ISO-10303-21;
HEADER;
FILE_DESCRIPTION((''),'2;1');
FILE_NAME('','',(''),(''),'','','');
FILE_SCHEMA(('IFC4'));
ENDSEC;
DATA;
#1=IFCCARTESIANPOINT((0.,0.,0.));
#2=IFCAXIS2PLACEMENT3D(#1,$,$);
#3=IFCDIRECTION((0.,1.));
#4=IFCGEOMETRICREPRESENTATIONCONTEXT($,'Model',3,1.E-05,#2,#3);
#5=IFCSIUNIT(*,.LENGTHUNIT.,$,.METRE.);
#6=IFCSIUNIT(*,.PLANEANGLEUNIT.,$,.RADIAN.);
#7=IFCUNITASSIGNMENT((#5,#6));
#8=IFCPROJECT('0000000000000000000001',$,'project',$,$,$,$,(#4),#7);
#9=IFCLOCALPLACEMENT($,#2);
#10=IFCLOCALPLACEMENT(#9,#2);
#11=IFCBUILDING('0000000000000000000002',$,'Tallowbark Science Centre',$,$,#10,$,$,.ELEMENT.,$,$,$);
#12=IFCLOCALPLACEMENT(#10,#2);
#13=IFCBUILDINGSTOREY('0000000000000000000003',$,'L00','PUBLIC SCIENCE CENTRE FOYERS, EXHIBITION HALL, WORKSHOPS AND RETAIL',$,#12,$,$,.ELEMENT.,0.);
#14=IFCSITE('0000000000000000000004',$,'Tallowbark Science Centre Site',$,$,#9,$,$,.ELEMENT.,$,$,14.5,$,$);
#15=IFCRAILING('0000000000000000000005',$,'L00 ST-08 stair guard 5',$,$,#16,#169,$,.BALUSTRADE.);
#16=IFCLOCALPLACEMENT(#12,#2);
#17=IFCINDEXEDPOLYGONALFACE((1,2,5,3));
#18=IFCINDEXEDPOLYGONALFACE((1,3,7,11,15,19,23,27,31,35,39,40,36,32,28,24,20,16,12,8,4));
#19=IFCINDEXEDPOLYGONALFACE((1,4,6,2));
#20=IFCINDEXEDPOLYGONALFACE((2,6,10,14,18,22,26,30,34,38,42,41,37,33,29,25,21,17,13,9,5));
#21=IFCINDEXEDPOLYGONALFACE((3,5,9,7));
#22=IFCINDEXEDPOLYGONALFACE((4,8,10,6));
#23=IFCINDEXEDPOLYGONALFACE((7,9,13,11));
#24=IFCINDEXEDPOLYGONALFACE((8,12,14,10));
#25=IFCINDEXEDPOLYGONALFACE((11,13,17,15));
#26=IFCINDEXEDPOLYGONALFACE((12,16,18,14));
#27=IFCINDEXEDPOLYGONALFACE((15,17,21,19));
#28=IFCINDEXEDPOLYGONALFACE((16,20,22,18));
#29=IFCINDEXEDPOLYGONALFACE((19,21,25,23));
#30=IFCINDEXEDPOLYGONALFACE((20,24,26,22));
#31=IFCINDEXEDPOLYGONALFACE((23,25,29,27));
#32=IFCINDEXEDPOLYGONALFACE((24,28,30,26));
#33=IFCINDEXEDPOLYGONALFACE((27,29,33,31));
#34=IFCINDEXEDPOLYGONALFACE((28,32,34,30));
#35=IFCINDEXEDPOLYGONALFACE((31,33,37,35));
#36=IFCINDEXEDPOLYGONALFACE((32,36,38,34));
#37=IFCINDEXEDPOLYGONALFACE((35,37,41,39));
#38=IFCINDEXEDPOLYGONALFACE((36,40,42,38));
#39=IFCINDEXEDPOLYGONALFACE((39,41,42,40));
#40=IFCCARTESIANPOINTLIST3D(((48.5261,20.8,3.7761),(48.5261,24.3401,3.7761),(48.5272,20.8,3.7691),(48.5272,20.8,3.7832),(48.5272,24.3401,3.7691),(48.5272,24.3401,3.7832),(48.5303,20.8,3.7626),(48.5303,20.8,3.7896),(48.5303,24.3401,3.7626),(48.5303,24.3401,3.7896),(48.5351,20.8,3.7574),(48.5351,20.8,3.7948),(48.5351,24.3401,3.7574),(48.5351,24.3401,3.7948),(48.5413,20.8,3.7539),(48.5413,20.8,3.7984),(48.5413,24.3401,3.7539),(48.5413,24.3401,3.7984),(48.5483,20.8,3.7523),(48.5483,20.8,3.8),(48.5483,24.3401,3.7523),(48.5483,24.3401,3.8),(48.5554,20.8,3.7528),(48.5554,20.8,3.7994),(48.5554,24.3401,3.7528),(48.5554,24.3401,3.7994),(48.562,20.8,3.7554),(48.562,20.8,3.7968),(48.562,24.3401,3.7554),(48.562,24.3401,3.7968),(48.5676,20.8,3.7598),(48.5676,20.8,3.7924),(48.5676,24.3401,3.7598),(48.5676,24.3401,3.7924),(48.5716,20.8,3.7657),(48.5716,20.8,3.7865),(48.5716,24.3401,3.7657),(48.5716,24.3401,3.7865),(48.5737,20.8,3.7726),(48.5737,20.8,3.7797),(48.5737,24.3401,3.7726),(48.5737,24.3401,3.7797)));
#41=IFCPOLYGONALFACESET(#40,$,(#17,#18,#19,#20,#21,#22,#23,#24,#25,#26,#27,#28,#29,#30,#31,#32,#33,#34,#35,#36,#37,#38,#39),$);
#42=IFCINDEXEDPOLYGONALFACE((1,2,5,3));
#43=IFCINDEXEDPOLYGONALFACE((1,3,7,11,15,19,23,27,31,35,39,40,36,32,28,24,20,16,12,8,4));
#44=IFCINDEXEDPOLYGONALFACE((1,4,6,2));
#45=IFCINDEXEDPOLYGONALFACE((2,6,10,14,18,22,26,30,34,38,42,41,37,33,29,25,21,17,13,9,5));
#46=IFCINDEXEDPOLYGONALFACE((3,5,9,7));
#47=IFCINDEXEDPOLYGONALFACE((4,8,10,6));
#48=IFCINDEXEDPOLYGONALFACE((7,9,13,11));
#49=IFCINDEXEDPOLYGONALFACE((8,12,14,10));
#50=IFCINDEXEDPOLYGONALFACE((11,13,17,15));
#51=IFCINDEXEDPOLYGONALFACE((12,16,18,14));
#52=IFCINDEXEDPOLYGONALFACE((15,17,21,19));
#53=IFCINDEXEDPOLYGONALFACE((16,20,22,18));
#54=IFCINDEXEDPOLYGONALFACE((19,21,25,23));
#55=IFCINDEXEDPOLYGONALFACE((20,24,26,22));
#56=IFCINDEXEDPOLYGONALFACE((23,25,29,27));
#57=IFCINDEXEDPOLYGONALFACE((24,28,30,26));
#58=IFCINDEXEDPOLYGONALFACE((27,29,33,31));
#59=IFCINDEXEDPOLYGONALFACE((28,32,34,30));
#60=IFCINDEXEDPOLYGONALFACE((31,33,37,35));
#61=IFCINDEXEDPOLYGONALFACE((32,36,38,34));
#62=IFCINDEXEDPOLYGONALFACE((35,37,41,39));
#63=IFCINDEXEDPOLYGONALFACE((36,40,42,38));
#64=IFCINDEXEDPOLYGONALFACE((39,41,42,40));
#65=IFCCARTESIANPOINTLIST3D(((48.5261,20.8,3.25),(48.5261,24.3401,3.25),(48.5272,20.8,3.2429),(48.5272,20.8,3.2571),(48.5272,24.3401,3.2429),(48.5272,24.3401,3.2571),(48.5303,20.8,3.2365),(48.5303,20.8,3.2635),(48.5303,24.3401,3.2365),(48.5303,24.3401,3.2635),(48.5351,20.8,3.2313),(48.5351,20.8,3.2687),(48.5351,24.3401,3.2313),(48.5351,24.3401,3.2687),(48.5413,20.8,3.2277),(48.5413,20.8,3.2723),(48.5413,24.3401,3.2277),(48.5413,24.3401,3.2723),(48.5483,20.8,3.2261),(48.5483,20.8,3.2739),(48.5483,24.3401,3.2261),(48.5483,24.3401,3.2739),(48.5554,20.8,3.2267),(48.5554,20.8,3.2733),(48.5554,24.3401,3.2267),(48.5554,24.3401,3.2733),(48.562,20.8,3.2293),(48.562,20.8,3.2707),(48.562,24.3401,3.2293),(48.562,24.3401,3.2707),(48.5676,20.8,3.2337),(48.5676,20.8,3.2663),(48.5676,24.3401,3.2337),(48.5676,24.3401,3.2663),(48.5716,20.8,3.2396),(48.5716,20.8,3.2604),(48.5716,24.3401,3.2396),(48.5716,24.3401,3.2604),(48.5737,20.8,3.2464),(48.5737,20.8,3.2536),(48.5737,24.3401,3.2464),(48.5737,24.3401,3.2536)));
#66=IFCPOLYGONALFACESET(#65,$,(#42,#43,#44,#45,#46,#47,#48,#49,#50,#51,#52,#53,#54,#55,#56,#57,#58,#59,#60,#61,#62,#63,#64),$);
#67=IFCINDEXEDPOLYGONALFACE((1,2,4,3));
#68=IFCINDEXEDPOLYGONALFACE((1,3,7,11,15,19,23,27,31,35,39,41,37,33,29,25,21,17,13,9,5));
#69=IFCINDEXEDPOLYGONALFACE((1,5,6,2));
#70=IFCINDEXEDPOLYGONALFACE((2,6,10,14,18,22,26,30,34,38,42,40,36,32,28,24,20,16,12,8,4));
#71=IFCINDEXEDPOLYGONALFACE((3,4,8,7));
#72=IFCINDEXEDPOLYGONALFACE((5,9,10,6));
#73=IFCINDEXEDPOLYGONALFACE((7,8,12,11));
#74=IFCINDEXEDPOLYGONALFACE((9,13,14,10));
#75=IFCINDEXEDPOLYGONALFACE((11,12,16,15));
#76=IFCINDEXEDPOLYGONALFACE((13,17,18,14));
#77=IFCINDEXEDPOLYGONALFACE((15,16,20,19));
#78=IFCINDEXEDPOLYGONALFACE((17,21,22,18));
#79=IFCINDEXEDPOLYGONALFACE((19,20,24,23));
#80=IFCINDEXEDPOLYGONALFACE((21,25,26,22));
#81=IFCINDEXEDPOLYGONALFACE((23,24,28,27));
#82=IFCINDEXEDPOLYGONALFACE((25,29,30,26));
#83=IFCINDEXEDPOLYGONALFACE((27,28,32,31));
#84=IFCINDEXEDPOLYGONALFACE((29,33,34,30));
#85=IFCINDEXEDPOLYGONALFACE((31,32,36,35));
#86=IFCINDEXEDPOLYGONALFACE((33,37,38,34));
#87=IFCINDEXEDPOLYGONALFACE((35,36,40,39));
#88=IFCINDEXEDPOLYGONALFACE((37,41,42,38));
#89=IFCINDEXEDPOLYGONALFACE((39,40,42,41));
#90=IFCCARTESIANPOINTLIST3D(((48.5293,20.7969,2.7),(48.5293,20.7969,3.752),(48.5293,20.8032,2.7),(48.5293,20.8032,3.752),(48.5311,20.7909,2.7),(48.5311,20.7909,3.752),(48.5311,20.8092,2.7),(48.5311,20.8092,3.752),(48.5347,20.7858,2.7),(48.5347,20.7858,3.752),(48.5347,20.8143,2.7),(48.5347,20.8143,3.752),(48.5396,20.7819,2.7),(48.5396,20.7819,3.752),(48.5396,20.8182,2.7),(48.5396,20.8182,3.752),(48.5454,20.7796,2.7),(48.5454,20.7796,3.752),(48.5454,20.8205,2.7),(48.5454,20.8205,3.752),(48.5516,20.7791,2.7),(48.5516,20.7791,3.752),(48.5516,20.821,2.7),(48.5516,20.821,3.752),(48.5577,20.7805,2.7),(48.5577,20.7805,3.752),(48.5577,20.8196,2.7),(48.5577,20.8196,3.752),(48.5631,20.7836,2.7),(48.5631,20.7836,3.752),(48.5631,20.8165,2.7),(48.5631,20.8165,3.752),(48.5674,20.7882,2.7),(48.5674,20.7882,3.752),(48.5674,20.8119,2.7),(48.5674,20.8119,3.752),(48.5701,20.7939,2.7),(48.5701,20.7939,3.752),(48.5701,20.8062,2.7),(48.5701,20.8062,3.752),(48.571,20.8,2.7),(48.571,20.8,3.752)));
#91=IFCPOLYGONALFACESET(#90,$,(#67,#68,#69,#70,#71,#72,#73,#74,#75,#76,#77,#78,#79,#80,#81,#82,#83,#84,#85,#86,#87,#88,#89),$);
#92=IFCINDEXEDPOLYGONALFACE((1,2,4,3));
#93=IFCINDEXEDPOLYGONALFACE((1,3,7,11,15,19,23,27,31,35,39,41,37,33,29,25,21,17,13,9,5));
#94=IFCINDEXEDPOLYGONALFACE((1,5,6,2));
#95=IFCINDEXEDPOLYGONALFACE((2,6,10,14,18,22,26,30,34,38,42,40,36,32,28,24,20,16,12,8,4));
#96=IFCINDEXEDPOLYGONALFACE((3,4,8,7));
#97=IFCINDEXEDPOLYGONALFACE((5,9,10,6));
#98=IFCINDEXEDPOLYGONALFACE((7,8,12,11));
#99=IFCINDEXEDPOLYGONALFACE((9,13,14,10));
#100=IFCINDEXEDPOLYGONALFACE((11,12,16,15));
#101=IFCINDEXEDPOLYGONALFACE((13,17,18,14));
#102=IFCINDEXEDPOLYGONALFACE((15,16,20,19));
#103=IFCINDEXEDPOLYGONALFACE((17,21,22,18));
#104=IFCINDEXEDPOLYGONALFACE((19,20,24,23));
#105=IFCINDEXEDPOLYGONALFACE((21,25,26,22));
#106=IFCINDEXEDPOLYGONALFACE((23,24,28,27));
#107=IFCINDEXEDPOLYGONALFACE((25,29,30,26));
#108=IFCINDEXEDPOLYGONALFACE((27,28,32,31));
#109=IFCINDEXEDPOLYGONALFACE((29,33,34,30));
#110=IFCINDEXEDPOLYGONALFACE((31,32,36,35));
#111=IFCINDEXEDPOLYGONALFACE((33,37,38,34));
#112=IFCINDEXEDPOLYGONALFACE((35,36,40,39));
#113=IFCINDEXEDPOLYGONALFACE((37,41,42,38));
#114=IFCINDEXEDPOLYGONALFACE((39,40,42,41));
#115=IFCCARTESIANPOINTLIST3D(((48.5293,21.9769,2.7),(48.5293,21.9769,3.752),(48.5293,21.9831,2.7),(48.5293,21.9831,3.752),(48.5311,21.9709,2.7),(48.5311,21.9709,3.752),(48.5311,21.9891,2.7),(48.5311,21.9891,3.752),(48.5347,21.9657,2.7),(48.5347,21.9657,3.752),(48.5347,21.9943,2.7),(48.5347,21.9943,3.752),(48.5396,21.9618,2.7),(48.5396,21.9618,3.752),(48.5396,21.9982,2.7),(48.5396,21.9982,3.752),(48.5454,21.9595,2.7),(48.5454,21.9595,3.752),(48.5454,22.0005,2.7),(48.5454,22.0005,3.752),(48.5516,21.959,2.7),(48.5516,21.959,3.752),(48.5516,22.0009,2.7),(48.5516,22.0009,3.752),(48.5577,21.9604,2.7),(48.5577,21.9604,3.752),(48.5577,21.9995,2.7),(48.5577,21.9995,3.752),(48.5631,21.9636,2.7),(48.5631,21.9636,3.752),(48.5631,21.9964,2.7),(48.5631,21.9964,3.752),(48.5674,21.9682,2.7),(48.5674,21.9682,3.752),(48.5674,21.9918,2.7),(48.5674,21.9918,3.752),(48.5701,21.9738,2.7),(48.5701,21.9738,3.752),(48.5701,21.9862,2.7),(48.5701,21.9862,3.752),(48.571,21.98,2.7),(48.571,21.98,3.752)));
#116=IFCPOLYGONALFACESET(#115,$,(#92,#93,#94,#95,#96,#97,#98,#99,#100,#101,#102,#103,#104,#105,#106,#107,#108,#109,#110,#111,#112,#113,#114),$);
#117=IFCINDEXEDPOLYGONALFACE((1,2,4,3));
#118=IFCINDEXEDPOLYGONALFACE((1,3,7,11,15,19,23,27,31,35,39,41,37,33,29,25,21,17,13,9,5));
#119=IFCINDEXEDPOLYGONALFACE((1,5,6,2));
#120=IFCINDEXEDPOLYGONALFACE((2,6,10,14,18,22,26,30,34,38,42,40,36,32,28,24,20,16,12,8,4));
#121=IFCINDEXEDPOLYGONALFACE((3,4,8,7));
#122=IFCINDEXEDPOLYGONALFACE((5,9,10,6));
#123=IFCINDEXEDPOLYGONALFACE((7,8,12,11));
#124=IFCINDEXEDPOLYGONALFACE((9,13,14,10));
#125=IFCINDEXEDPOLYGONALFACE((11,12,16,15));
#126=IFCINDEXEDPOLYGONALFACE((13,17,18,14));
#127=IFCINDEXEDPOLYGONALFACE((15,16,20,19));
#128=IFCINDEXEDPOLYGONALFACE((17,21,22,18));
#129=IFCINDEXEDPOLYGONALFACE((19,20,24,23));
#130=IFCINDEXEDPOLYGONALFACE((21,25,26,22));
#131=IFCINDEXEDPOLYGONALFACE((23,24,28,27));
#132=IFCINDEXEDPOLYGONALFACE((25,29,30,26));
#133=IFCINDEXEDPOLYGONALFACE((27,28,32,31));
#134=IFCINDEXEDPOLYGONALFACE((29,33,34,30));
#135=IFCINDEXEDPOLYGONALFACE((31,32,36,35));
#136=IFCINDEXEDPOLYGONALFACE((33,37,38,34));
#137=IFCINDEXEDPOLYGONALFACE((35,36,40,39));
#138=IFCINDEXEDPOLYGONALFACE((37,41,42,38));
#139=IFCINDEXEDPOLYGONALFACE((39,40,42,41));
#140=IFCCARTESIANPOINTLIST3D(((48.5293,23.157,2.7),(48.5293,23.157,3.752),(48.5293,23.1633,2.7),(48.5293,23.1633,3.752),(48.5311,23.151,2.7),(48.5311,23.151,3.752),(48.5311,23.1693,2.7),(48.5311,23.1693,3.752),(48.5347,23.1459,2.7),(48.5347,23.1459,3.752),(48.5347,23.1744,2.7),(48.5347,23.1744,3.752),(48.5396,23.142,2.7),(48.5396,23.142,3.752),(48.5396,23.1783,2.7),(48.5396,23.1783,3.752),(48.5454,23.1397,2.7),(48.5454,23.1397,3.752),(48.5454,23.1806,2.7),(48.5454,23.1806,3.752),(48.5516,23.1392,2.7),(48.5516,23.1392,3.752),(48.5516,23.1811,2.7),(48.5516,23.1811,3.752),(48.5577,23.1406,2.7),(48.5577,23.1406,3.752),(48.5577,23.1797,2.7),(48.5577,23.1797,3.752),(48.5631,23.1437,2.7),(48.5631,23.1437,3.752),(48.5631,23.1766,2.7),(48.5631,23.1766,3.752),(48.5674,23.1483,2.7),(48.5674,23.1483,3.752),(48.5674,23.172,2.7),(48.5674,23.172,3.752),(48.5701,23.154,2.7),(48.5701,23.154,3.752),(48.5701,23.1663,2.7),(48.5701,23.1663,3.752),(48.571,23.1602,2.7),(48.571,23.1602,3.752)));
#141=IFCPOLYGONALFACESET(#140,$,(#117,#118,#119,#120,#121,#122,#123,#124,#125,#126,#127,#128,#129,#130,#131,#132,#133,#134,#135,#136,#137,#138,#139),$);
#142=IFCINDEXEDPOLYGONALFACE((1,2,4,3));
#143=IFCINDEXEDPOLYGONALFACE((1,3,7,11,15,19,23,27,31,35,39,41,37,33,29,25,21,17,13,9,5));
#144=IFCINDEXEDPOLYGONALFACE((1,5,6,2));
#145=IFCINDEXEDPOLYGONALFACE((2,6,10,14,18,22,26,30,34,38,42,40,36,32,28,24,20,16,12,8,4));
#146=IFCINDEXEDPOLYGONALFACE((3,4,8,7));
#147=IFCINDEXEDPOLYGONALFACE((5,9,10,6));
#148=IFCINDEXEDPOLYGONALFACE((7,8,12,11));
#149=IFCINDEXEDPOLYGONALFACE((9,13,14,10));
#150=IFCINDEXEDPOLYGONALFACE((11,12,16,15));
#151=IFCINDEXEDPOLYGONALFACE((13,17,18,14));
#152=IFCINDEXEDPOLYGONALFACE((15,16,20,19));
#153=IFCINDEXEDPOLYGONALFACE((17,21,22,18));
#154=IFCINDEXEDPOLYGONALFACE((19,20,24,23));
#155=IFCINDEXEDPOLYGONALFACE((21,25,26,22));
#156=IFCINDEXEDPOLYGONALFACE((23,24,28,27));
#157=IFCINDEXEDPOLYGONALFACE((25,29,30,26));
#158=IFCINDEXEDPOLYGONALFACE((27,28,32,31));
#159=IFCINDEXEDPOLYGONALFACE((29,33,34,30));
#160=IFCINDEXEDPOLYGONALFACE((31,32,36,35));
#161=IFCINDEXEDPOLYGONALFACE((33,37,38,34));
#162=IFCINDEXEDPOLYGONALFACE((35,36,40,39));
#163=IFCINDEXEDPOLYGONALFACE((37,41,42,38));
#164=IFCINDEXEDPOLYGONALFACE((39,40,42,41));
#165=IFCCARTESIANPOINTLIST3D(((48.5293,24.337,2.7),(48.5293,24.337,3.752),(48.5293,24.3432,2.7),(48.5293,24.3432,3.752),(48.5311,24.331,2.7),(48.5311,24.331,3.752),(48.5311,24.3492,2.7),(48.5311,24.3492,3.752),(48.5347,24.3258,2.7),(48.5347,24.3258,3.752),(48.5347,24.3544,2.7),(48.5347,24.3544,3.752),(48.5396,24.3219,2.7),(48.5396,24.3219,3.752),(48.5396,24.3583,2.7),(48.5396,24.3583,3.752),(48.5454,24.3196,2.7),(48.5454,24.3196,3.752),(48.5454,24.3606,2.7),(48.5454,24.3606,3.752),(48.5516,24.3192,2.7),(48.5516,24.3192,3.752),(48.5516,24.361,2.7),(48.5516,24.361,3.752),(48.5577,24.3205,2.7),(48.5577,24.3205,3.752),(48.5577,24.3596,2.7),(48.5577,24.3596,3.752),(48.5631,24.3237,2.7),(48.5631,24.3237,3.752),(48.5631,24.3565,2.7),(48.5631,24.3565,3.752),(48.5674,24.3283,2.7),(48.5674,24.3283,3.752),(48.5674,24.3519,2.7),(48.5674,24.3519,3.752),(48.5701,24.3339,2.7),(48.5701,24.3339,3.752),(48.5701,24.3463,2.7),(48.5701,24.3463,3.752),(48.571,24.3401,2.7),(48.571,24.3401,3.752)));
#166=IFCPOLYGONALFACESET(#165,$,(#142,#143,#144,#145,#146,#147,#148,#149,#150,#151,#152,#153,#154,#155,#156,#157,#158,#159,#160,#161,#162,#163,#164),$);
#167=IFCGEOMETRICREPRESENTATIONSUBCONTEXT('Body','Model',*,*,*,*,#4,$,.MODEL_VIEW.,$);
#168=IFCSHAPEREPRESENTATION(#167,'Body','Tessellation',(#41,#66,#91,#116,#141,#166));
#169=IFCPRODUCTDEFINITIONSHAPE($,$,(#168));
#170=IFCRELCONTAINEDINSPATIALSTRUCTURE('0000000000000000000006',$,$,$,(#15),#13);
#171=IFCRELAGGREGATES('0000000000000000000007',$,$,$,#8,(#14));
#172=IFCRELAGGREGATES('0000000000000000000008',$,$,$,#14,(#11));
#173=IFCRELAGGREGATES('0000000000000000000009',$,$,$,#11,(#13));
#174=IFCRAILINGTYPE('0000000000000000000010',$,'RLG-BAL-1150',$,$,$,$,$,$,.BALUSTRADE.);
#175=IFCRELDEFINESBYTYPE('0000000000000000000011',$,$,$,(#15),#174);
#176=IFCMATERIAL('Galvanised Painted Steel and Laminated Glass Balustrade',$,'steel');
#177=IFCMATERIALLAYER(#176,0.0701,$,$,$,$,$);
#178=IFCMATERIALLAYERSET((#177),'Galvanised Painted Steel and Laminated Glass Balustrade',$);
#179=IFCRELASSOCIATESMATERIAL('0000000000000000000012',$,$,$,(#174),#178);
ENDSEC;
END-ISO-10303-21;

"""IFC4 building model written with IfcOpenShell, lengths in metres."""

from ifc_helpers import new_model, si_unit, direction, frame, origin, origin_2d, place, context, subcontext, project, spatial, circle, extrude, material, layer, layer_set, type_object, element, save


model = new_model("IFC4")

# Units and contexts
model_context = context("Model", 3, precision=1e-05, world=origin(), true_north=direction((0.0, 1.0)))
body_context = subcontext(model_context, "Body", "Model", "MODEL_VIEW")
ifc_project = project(units=[si_unit("LENGTHUNIT", "METRE"), si_unit("PLANEANGLEUNIT", "RADIAN")], contexts=[model_context])

# Site, building, storey
site_placement = place(None, origin())
site = spatial("IfcSite", under=ifc_project, at=site_placement, Name="Tallowbark Science Centre Site", CompositionType="ELEMENT", RefElevation=14.5)
building_placement = place(site_placement, origin())
building = spatial("IfcBuilding", under=site, at=building_placement, Name="Tallowbark Science Centre", CompositionType="ELEMENT")
storey_placement = place(building_placement, origin())
storey = spatial("IfcBuildingStorey", under=building, at=storey_placement, Name="L00", Description="PUBLIC SCIENCE CENTRE FOYERS, EXHIBITION HALL, WORKSHOPS AND RETAIL", CompositionType="ELEMENT", Elevation=0.0)

# Railing
ifc_material_1 = material(Name="Galvanised Painted Steel and Laminated Glass Balustrade", Category="steel")
ifc_layer_1 = layer(ifc_material_1, 0.0701)
ifc_layer_set_1 = layer_set([ifc_layer_1], Name="Galvanised Painted Steel and Laminated Glass Balustrade")
railing_type = type_object("IfcRailingType", Name="RLG-BAL-1150", PredefinedType="BALUSTRADE", material=ifc_layer_set_1)
railing_1_placement = place(storey_placement, frame((48.55, 20.8, 2.7)))
element("IfcRailing", 1, at=railing_1_placement, inside=storey, type_object=railing_type, Name="L00 ST-08 stair guard 5", PredefinedType="BALUSTRADE", context=body_context, shape_type="SweptSolid", body=[
    extrude(circle(Radius=0.0239, at=origin_2d()), frame((0.0, 0.0, 1.0762), z_axis=(0.0, 1.0, 0.0), x_axis=(-1.0, 0.0, 0.0)), (0.0, 0.0, 1.0), 3.54),
    extrude(circle(Radius=0.0239, at=origin_2d()), frame((0.0, 0.0, 0.55), z_axis=(0.0, 1.0, 0.0), x_axis=(-1.0, 0.0, 0.0)), (0.0, 0.0, 1.0), 3.54),
    extrude(circle(Radius=0.021, at=origin_2d()), origin(), (0.0, 0.0, 1.0), 1.052),
    extrude(circle(Radius=0.021, at=origin_2d()), frame((0.0, 1.1799, 0.0)), (0.0, 0.0, 1.0), 1.052),
    extrude(circle(Radius=0.021, at=origin_2d()), frame((0.0, 2.3601, 0.0)), (0.0, 0.0, 1.0), 1.052),
    extrude(circle(Radius=0.021, at=origin_2d()), frame((0.0, 3.54, 0.0)), (0.0, 0.0, 1.0), 1.052),
])

save(model, "model.ifc")
